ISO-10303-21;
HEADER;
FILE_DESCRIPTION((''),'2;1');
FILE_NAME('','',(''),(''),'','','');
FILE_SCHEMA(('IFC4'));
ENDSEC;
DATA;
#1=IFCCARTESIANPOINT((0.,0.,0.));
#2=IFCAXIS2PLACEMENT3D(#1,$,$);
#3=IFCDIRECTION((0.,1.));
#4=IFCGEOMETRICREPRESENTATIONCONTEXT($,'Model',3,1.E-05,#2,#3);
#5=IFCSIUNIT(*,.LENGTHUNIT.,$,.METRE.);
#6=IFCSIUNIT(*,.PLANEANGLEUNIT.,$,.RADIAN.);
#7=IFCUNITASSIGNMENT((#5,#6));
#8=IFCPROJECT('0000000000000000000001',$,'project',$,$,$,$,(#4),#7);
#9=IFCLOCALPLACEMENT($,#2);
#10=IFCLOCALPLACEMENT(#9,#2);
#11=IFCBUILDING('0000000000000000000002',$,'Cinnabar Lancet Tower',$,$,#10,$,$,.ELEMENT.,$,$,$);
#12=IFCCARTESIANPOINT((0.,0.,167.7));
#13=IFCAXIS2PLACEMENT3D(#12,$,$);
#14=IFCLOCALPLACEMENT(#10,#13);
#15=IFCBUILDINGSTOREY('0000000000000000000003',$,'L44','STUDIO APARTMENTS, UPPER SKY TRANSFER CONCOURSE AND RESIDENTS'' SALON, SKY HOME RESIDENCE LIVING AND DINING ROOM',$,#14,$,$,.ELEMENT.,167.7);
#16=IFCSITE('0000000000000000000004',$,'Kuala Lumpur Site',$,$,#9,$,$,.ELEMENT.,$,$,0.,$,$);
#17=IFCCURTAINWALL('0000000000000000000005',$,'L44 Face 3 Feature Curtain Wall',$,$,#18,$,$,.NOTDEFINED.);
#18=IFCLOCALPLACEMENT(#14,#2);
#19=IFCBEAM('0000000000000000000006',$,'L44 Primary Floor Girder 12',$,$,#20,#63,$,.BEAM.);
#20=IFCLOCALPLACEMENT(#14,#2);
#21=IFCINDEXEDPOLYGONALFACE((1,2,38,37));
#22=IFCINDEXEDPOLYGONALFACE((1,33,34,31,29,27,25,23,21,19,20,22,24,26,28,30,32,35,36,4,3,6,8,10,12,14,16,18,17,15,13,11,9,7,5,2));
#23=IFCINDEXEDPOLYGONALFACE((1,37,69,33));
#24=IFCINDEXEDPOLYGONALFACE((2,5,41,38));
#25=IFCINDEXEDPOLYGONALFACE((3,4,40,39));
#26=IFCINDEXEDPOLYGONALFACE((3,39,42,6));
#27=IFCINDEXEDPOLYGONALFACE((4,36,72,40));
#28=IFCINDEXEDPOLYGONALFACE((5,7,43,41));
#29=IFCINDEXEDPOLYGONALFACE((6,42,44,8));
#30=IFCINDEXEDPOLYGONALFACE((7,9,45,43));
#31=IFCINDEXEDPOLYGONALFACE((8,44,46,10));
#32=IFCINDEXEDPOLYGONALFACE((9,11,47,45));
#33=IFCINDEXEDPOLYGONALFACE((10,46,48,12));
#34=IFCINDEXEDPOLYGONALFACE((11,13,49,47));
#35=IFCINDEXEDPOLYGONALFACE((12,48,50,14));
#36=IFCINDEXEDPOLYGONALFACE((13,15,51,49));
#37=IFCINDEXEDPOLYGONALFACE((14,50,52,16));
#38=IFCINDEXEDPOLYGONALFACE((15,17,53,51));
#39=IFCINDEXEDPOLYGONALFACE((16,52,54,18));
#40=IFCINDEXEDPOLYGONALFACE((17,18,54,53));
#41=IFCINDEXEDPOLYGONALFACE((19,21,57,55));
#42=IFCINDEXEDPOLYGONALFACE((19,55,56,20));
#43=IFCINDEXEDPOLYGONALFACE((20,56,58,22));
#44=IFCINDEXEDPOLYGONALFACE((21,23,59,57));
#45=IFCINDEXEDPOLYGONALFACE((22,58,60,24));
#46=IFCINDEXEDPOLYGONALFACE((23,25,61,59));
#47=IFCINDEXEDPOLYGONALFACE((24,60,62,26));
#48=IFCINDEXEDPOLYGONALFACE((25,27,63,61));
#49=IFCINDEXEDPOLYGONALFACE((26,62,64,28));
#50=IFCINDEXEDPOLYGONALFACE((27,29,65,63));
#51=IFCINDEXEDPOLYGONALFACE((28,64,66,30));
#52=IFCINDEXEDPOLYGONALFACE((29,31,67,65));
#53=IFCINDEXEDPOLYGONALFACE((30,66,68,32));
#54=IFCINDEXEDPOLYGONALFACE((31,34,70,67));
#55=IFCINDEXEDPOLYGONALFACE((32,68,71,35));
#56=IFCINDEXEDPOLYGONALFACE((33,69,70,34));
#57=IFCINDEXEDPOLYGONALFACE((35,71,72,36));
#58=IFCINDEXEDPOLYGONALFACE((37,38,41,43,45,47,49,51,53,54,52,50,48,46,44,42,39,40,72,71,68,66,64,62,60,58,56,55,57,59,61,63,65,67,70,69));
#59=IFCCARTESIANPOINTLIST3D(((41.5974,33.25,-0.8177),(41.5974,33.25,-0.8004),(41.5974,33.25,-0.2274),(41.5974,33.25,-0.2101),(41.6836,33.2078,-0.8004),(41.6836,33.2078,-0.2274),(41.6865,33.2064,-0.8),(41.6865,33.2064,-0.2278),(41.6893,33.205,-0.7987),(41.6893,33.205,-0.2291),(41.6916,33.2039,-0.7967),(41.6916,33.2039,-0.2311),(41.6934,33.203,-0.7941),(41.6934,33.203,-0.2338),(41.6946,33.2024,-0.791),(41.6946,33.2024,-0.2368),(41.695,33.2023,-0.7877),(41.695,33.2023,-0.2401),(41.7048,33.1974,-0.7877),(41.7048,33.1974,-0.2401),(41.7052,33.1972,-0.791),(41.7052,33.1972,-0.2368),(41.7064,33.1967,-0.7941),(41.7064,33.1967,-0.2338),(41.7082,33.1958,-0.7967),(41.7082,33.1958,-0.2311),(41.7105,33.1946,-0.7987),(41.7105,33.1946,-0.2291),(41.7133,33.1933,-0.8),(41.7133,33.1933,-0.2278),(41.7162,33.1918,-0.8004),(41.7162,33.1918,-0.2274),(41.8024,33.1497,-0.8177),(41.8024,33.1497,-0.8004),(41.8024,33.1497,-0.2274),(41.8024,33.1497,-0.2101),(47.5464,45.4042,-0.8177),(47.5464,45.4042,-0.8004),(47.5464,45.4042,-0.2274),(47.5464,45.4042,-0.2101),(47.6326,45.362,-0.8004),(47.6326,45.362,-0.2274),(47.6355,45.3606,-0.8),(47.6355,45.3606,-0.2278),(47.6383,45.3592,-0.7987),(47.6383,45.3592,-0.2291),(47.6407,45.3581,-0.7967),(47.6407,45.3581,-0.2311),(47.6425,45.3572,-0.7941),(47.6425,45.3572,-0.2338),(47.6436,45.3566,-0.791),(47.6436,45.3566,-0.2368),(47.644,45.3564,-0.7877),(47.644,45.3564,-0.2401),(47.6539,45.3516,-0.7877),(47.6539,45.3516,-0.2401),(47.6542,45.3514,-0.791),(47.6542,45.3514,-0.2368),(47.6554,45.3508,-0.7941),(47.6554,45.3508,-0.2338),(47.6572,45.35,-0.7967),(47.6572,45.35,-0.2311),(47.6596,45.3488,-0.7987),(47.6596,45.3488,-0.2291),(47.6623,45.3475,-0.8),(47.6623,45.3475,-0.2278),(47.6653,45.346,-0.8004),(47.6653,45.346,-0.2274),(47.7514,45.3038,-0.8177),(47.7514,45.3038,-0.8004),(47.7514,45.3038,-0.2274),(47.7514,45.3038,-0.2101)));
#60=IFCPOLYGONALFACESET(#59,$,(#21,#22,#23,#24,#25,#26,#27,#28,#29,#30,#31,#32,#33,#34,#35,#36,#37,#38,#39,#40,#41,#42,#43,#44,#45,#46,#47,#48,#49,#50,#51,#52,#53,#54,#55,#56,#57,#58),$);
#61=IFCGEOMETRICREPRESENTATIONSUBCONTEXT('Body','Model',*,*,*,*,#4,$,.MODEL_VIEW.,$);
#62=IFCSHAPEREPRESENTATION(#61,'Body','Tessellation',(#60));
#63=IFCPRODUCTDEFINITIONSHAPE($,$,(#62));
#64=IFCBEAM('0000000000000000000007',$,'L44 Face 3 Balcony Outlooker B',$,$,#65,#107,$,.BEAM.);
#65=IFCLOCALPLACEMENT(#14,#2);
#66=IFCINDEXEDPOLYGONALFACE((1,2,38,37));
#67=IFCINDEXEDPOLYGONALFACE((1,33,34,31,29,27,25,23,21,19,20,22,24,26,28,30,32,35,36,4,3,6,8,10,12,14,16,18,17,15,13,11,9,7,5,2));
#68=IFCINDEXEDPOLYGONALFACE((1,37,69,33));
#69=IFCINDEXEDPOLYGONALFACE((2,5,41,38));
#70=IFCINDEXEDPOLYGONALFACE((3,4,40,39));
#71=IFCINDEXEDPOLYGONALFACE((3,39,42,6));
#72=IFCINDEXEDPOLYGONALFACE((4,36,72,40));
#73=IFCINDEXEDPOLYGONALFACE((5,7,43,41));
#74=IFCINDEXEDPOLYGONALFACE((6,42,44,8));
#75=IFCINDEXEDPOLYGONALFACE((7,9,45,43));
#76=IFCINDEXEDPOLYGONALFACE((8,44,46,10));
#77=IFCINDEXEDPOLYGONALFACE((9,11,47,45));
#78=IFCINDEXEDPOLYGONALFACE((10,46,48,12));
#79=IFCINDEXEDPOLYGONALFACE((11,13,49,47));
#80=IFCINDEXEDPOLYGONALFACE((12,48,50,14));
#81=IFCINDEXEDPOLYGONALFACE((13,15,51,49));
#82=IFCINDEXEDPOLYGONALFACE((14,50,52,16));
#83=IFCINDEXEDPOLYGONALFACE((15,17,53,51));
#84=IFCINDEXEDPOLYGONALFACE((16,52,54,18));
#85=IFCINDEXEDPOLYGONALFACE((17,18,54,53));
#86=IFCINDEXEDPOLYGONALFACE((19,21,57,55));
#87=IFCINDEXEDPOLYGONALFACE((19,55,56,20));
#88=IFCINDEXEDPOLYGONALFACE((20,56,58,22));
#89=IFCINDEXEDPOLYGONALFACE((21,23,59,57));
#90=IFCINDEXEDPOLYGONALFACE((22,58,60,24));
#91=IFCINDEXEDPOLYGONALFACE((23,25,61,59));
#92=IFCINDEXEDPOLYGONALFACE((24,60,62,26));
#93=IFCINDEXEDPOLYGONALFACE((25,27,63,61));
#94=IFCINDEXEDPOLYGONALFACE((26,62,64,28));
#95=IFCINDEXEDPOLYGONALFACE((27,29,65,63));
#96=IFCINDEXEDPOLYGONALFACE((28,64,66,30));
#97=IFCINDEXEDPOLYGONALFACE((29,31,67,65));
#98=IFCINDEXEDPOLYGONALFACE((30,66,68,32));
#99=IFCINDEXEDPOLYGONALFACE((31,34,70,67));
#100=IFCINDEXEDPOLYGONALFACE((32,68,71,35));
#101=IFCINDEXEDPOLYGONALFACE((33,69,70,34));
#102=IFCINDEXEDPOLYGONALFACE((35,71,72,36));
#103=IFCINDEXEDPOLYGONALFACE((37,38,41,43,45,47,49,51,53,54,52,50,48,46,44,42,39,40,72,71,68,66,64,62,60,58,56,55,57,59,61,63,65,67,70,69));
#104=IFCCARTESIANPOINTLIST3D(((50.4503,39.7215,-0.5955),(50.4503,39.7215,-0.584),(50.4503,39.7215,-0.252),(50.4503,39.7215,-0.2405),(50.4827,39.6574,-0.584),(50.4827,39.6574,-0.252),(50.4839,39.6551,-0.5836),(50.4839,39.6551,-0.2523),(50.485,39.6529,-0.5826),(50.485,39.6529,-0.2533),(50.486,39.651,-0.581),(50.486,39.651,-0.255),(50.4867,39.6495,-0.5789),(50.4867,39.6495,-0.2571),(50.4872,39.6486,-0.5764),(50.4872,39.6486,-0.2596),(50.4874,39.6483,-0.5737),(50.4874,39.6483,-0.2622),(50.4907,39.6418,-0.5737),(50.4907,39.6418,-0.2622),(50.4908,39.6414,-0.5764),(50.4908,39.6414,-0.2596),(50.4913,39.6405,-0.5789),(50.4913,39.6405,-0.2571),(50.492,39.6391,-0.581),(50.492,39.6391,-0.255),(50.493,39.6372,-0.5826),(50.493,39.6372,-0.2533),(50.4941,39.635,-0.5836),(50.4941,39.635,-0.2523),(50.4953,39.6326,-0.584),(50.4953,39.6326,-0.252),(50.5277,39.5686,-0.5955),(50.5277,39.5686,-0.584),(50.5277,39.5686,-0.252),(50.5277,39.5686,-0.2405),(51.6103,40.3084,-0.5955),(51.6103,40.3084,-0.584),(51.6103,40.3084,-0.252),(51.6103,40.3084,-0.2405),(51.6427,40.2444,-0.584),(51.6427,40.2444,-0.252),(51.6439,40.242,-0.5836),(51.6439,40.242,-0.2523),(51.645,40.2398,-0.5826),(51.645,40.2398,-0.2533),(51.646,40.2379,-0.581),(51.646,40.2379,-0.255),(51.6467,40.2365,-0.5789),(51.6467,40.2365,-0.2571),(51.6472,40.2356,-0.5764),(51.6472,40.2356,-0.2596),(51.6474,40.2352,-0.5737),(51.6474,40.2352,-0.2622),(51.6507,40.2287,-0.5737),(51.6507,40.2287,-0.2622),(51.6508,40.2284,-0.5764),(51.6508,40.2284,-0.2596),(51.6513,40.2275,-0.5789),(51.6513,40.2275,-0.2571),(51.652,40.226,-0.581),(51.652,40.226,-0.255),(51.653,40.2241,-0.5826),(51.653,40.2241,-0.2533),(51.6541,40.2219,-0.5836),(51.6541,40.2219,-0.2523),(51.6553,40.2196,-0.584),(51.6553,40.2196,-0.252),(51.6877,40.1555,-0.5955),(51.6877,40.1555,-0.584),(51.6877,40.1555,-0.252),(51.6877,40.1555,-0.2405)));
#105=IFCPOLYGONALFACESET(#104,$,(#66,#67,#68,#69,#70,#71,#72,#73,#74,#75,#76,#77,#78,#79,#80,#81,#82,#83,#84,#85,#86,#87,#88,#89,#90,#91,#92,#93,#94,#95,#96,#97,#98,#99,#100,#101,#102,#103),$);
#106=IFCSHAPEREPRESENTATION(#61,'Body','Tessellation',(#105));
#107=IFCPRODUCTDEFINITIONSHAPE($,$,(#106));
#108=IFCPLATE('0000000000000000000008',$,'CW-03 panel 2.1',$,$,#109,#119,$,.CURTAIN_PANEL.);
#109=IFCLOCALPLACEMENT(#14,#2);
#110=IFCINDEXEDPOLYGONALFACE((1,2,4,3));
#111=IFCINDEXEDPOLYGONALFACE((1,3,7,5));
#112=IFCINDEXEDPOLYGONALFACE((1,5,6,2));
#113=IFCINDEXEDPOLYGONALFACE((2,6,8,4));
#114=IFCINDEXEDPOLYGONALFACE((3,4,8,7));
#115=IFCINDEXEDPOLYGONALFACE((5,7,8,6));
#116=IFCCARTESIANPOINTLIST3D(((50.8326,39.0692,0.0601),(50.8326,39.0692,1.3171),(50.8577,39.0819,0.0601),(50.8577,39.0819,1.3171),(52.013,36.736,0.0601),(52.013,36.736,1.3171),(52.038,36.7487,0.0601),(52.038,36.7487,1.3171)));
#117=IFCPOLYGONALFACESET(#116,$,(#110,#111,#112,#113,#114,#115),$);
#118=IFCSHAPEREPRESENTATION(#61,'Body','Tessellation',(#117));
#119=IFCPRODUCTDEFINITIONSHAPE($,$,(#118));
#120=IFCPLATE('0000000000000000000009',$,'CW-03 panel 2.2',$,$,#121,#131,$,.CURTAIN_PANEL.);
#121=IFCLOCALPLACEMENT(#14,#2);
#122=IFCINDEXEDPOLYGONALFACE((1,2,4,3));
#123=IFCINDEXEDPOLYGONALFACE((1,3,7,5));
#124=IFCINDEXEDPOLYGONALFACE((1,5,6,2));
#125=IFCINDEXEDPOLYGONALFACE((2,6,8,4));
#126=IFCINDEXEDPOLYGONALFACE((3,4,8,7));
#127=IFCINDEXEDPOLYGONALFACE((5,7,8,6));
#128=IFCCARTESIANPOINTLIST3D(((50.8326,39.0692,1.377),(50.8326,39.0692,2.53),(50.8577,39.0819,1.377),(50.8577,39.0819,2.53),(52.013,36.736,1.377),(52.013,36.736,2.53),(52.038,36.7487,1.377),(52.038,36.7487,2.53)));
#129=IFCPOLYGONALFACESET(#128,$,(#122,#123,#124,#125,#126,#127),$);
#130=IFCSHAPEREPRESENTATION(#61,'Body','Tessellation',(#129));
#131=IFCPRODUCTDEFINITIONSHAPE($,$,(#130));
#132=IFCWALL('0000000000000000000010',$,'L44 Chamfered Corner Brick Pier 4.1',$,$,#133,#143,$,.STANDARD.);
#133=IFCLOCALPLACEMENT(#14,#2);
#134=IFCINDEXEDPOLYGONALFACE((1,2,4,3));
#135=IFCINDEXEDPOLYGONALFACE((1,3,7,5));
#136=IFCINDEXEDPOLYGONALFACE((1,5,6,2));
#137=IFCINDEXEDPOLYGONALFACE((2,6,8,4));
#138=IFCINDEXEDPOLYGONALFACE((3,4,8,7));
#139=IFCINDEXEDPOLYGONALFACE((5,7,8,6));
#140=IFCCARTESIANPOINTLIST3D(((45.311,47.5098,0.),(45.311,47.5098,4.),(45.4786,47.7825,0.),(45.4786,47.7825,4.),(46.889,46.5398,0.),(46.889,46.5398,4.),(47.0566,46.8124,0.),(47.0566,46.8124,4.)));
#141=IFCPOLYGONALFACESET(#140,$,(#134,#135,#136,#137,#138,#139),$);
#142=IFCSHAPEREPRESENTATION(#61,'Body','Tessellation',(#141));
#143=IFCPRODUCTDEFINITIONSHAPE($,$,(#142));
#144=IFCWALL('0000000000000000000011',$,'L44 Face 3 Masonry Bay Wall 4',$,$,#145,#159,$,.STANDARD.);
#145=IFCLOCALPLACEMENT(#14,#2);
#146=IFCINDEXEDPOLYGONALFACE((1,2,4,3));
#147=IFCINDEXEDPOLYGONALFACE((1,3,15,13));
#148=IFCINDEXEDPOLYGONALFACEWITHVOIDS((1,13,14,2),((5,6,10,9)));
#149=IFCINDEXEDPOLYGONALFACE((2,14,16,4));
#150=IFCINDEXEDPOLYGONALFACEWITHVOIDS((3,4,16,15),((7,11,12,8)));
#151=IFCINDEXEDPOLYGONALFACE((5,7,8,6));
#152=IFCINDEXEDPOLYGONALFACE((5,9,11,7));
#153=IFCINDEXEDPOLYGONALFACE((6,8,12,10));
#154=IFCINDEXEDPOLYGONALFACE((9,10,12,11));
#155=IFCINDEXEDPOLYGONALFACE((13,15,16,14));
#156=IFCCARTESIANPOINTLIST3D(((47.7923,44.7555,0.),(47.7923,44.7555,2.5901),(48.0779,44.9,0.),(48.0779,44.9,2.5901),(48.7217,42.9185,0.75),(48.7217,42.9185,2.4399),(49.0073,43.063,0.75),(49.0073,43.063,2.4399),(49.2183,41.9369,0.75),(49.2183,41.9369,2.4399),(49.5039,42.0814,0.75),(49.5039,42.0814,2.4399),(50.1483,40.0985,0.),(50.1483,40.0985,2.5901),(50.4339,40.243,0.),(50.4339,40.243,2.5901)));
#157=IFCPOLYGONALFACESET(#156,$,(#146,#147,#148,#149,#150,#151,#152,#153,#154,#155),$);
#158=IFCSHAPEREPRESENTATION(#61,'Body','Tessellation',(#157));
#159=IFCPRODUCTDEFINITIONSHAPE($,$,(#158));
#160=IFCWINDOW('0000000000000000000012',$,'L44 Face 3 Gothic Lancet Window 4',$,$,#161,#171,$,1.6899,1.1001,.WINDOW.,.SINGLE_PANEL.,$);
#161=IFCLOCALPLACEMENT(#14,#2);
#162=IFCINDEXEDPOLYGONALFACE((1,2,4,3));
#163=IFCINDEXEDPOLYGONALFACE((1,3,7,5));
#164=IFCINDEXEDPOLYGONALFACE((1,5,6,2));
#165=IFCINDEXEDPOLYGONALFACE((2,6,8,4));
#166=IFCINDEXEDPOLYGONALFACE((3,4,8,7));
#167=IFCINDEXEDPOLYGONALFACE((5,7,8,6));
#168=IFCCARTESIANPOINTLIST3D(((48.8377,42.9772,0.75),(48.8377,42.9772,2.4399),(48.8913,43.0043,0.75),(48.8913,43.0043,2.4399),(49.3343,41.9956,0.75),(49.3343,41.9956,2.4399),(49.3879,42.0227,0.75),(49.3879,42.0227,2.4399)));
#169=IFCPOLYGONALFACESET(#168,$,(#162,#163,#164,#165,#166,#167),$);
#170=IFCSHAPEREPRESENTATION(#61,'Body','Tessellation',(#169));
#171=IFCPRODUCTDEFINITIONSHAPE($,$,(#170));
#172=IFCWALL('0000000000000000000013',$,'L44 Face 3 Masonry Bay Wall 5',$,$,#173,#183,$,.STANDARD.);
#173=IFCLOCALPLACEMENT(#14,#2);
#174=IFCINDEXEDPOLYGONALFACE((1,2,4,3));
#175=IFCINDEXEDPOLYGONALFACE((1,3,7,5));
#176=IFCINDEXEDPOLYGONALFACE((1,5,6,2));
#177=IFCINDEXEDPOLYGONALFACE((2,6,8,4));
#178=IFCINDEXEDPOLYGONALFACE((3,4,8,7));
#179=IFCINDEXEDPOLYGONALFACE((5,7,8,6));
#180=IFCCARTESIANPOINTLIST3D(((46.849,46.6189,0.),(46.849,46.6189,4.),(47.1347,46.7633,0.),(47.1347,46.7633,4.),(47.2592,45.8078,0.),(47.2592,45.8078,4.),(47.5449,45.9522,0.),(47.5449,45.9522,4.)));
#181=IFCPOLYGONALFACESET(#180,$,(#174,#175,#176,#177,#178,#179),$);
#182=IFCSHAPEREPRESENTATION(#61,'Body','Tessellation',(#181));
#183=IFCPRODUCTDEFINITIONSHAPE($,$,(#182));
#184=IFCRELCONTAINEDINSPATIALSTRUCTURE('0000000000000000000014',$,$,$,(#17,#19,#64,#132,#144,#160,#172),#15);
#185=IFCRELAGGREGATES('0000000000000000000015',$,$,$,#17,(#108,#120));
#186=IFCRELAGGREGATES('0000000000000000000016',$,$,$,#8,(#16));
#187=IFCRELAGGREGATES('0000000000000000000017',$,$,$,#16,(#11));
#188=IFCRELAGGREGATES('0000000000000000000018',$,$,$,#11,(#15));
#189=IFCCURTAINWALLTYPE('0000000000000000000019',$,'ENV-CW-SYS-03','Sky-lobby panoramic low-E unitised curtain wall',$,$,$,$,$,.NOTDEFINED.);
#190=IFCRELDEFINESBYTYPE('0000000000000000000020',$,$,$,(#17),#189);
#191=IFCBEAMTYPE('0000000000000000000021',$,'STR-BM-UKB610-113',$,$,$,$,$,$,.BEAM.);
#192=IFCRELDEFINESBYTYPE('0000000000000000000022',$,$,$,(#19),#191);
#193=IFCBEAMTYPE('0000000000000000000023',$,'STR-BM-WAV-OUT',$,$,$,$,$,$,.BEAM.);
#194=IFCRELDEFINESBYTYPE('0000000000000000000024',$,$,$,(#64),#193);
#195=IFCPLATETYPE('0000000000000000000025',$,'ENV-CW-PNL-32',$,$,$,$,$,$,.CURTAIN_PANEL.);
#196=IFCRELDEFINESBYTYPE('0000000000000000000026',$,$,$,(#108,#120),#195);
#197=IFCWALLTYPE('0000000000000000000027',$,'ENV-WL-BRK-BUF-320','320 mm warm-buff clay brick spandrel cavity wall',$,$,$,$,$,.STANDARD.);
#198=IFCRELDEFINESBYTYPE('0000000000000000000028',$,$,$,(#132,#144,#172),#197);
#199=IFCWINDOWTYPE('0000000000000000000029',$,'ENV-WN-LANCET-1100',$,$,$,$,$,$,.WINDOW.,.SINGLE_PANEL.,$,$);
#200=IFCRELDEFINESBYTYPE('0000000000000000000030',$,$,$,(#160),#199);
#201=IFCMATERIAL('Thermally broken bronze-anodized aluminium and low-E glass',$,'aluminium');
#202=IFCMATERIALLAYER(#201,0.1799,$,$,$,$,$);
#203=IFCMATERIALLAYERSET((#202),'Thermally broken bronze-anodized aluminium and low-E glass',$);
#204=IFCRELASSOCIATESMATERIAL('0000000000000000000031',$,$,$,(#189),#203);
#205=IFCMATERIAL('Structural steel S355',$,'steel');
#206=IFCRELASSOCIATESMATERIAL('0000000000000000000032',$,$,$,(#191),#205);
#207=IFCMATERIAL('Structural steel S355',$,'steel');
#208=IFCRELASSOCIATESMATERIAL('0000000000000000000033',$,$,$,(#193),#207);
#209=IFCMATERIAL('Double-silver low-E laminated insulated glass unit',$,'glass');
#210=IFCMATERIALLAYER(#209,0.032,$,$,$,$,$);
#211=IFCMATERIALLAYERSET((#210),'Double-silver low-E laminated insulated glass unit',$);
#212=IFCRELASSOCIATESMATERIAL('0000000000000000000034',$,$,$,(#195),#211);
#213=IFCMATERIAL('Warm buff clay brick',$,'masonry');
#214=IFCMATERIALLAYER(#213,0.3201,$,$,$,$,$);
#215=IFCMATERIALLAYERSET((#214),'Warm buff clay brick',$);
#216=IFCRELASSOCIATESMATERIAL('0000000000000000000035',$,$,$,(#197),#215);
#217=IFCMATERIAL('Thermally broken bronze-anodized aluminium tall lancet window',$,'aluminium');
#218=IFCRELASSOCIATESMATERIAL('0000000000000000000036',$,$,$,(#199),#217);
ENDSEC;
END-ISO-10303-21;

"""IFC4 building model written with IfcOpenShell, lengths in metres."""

from ifc_helpers import new_model, si_unit, direction, frame, frame_2d, origin, origin_2d, place, context, subcontext, project, spatial, rectangle, i_section, extrude, material, layer, layer_set, material_profile, profile_set, type_object, element, fill, aggregate, save


model = new_model("IFC4")

# Units and contexts
model_context = context("Model", 3, precision=1e-05, world=origin(), true_north=direction((0.0, 1.0)))
body_context = subcontext(model_context, "Body", "Model", "MODEL_VIEW")
ifc_project = project(units=[si_unit("LENGTHUNIT", "METRE"), si_unit("PLANEANGLEUNIT", "RADIAN")], contexts=[model_context])

# Site, building, storey
site_placement = place(None, origin())
site = spatial("IfcSite", under=ifc_project, at=site_placement, Name="Kuala Lumpur Site", CompositionType="ELEMENT", RefElevation=0.0)
building_placement = place(site_placement, origin())
building = spatial("IfcBuilding", under=site, at=building_placement, Name="Cinnabar Lancet Tower", CompositionType="ELEMENT")
storey_placement = place(building_placement, frame((0.0, 0.0, 167.7)))
storey = spatial("IfcBuildingStorey", under=building, at=storey_placement, Name="L44", Description="STUDIO APARTMENTS, UPPER SKY TRANSFER CONCOURSE AND RESIDENTS' SALON, SKY HOME RESIDENCE LIVING AND DINING ROOM", CompositionType="ELEMENT", Elevation=167.7)

# Curtain wall
ifc_material_1 = material(Name="Thermally broken bronze-anodized aluminium and low-E glass", Category="aluminium")
ifc_layer_1 = layer(ifc_material_1, 0.1799)
ifc_layer_set_1 = layer_set([ifc_layer_1], Name="Thermally broken bronze-anodized aluminium and low-E glass")
curtain_wall_type = type_object("IfcCurtainWallType", Name="ENV-CW-SYS-03", Description="Sky-lobby panoramic low-E unitised curtain wall", PredefinedType="NOTDEFINED", material=ifc_layer_set_1)
curtain_wall_placement = place(storey_placement, origin())
curtain_wall = element("IfcCurtainWall", 1, at=curtain_wall_placement, inside=storey, type_object=curtain_wall_type, Name="L44 Face 3 Feature Curtain Wall", PredefinedType="NOTDEFINED")

# Beams
ifc_material_2 = material(Name="Structural steel S355", Category="steel")
ifc_material_profile_1 = material_profile(ifc_material_2, i_section(OverallWidth=0.2283, OverallDepth=0.6077, WebThickness=0.011, FlangeThickness=0.0173, FilletRadius=0.0127, at=origin_2d()), Name="UKB 610x229x113")
ifc_profile_set_1 = profile_set([ifc_material_profile_1], Name="Structural steel S355")
beam_type_1 = type_object("IfcBeamType", Name="STR-BM-UKB610-113", PredefinedType="BEAM", material=ifc_profile_set_1)
beam_1_placement = place(storey_placement, frame((47.6489, 45.354, -0.5139), z_axis=(-0.439627, -0.89818, 0.0), x_axis=(0.89818, -0.439627, 0.0)))
element("IfcBeam", 2, at=beam_1_placement, inside=storey, type_object=beam_type_1, Name="L44 Primary Floor Girder 12", PredefinedType="BEAM", context=body_context, shape_type="SweptSolid", body=[
    extrude(i_section(OverallWidth=0.2283, OverallDepth=0.6077, WebThickness=0.011, FlangeThickness=0.0173, FilletRadius=0.0127, at=origin_2d()), origin(), (0.0, 0.0, 1.0), 13.532),
])
ifc_material_3 = material(Name="Structural steel S355", Category="steel")
ifc_material_profile_2 = material_profile(ifc_material_3, i_section(OverallWidth=0.1714, OverallDepth=0.355, WebThickness=0.0073, FlangeThickness=0.0115, FilletRadius=0.0103, at=origin_2d()), Name="UKB 356x171x51")
ifc_profile_set_2 = profile_set([ifc_material_profile_2], Name="Structural steel S355")
beam_type_2 = type_object("IfcBeamType", Name="STR-BM-WAV-OUT", PredefinedType="BEAM", material=ifc_profile_set_2)
beam_2_placement = place(storey_placement, frame((50.489, 39.645, -0.418), z_axis=(0.892276, 0.45149, 0.0), x_axis=(-0.45149, 0.892276, 0.0)))
element("IfcBeam", 3, at=beam_2_placement, inside=storey, type_object=beam_type_2, Name="L44 Face 3 Balcony Outlooker B", PredefinedType="BEAM", context=body_context, shape_type="SweptSolid", body=[
    extrude(i_section(OverallWidth=0.1714, OverallDepth=0.355, WebThickness=0.0073, FlangeThickness=0.0115, FilletRadius=0.0103, at=origin_2d()), origin(), (0.0, 0.0, 1.0), 1.3),
])

# Plates
ifc_material_4 = material(Name="Double-silver low-E laminated insulated glass unit", Category="glass")
ifc_layer_2 = layer(ifc_material_4, 0.032)
ifc_layer_set_2 = layer_set([ifc_layer_2], Name="Double-silver low-E laminated insulated glass unit")
plate_type = type_object("IfcPlateType", Name="ENV-CW-PNL-32", PredefinedType="CURTAIN_PANEL", material=ifc_layer_set_2)
plate_1_placement = place(storey_placement, frame((51.4353, 37.9089, 0.0601), z_axis=(0.0, 0.0, 1.0), x_axis=(-0.451423, 0.89231, 0.0)))
plate_1 = element("IfcPlate", 4, at=plate_1_placement, type_object=plate_type, Name="CW-03 panel 2.1", PredefinedType="CURTAIN_PANEL", context=body_context, shape_type="SweptSolid", body=[
    extrude(rectangle(XDim=2.6147, YDim=0.0281, at=origin_2d()), origin(), (0.0, 0.0, 1.0), 1.2571),
])
plate_2_placement = place(storey_placement, frame((51.4353, 37.9089, 1.377), z_axis=(0.0, 0.0, 1.0), x_axis=(-0.451423, 0.89231, 0.0)))
plate_2 = element("IfcPlate", 5, at=plate_2_placement, type_object=plate_type, Name="CW-03 panel 2.2", PredefinedType="CURTAIN_PANEL", context=body_context, shape_type="SweptSolid", body=[
    extrude(rectangle(XDim=2.6147, YDim=0.0281, at=origin_2d()), origin(), (0.0, 0.0, 1.0), 1.1531),
])
aggregate(curtain_wall, [plate_1, plate_2])

# Wall
ifc_material_5 = material(Name="Warm buff clay brick", Category="masonry")
ifc_layer_3 = layer(ifc_material_5, 0.3201)
ifc_layer_set_3 = layer_set([ifc_layer_3], Name="Warm buff clay brick")
wall_type = type_object("IfcWallType", Name="ENV-WL-BRK-BUF-320", Description="320 mm warm-buff clay brick spandrel cavity wall", PredefinedType="STANDARD", material=ifc_layer_set_3)
wall_1_placement = place(storey_placement, frame((46.9729, 46.676, 0.0), z_axis=(0.0, 0.0, 1.0), x_axis=(-0.851907, 0.523693, 0.0)))
element("IfcWall", 6, at=wall_1_placement, inside=storey, type_object=wall_type, Name="L44 Chamfered Corner Brick Pier 4.1", PredefinedType="STANDARD", context=body_context, shape_type="SweptSolid", body=[
    extrude(rectangle(XDim=1.8523, YDim=0.3201, at=frame_2d((0.9263, 0.0))), origin(), (0.0, 0.0, 1.0), 4.0),
])

# Wall, opening, window
wall_2_placement = place(storey_placement, frame((50.291, 40.1709, 0.0), z_axis=(0.0, 0.0, 1.0), x_axis=(-0.451419, 0.892312, 0.0)))
wall_2 = element("IfcWall", 7, at=wall_2_placement, inside=storey, type_object=wall_type, Name="L44 Face 3 Masonry Bay Wall 4", PredefinedType="STANDARD", context=body_context, shape_type="SweptSolid", body=[
    extrude(rectangle(XDim=5.219, YDim=0.3201, at=frame_2d((2.6094, 0.0))), origin(), (0.0, 0.0, 1.0), 2.5901),
])
opening_placement = place(wall_2_placement, frame((2.0601, 0.0, 0.75)))
opening = element("IfcOpeningElement", 8, at=opening_placement, cuts=wall_2, PredefinedType="OPENING", context=body_context, shape_type="SweptSolid", body=[
    extrude(rectangle(XDim=1.1001, YDim=1.6899, at=frame_2d((0.55, 0.845))), frame((0.0, 0.1699, 0.0), z_axis=(0.0, -1.0, 0.0), x_axis=(1.0, 0.0, 0.0)), (0.0, 0.0, 1.0), 0.3401),
])
ifc_material_6 = material(Name="Thermally broken bronze-anodized aluminium tall lancet window", Category="aluminium")
window_type = type_object("IfcWindowType", Name="ENV-WN-LANCET-1100", PartitioningType="SINGLE_PANEL", PredefinedType="WINDOW", material=ifc_material_6)
window_placement = place(opening_placement, origin())
window = element("IfcWindow", 9, at=window_placement, inside=storey, type_object=window_type, Name="L44 Face 3 Gothic Lancet Window 4", OverallHeight=1.6899, OverallWidth=1.1001, PartitioningType="SINGLE_PANEL", PredefinedType="WINDOW", context=body_context, shape_type="SweptSolid", body=[
    extrude(rectangle(XDim=1.1001, YDim=1.6899, at=frame_2d((0.55, 0.845))), frame((0.0, 0.03, 0.0), z_axis=(0.0, -1.0, 0.0), x_axis=(1.0, 0.0, 0.0)), (0.0, 0.0, 1.0), 0.0601),
])
fill(opening, window)

# Wall
wall_3_placement = place(storey_placement, frame((47.4021, 45.8799, 0.0), z_axis=(0.0, 0.0, 1.0), x_axis=(-0.451292, 0.892376, 0.0)))
element("IfcWall", 10, at=wall_3_placement, inside=storey, type_object=wall_type, Name="L44 Face 3 Masonry Bay Wall 5", PredefinedType="STANDARD", context=body_context, shape_type="SweptSolid", body=[
    extrude(rectangle(XDim=0.9089, YDim=0.3201, at=frame_2d((0.4546, 0.0))), origin(), (0.0, 0.0, 1.0), 4.0),
])

save(model, "model.ifc")
